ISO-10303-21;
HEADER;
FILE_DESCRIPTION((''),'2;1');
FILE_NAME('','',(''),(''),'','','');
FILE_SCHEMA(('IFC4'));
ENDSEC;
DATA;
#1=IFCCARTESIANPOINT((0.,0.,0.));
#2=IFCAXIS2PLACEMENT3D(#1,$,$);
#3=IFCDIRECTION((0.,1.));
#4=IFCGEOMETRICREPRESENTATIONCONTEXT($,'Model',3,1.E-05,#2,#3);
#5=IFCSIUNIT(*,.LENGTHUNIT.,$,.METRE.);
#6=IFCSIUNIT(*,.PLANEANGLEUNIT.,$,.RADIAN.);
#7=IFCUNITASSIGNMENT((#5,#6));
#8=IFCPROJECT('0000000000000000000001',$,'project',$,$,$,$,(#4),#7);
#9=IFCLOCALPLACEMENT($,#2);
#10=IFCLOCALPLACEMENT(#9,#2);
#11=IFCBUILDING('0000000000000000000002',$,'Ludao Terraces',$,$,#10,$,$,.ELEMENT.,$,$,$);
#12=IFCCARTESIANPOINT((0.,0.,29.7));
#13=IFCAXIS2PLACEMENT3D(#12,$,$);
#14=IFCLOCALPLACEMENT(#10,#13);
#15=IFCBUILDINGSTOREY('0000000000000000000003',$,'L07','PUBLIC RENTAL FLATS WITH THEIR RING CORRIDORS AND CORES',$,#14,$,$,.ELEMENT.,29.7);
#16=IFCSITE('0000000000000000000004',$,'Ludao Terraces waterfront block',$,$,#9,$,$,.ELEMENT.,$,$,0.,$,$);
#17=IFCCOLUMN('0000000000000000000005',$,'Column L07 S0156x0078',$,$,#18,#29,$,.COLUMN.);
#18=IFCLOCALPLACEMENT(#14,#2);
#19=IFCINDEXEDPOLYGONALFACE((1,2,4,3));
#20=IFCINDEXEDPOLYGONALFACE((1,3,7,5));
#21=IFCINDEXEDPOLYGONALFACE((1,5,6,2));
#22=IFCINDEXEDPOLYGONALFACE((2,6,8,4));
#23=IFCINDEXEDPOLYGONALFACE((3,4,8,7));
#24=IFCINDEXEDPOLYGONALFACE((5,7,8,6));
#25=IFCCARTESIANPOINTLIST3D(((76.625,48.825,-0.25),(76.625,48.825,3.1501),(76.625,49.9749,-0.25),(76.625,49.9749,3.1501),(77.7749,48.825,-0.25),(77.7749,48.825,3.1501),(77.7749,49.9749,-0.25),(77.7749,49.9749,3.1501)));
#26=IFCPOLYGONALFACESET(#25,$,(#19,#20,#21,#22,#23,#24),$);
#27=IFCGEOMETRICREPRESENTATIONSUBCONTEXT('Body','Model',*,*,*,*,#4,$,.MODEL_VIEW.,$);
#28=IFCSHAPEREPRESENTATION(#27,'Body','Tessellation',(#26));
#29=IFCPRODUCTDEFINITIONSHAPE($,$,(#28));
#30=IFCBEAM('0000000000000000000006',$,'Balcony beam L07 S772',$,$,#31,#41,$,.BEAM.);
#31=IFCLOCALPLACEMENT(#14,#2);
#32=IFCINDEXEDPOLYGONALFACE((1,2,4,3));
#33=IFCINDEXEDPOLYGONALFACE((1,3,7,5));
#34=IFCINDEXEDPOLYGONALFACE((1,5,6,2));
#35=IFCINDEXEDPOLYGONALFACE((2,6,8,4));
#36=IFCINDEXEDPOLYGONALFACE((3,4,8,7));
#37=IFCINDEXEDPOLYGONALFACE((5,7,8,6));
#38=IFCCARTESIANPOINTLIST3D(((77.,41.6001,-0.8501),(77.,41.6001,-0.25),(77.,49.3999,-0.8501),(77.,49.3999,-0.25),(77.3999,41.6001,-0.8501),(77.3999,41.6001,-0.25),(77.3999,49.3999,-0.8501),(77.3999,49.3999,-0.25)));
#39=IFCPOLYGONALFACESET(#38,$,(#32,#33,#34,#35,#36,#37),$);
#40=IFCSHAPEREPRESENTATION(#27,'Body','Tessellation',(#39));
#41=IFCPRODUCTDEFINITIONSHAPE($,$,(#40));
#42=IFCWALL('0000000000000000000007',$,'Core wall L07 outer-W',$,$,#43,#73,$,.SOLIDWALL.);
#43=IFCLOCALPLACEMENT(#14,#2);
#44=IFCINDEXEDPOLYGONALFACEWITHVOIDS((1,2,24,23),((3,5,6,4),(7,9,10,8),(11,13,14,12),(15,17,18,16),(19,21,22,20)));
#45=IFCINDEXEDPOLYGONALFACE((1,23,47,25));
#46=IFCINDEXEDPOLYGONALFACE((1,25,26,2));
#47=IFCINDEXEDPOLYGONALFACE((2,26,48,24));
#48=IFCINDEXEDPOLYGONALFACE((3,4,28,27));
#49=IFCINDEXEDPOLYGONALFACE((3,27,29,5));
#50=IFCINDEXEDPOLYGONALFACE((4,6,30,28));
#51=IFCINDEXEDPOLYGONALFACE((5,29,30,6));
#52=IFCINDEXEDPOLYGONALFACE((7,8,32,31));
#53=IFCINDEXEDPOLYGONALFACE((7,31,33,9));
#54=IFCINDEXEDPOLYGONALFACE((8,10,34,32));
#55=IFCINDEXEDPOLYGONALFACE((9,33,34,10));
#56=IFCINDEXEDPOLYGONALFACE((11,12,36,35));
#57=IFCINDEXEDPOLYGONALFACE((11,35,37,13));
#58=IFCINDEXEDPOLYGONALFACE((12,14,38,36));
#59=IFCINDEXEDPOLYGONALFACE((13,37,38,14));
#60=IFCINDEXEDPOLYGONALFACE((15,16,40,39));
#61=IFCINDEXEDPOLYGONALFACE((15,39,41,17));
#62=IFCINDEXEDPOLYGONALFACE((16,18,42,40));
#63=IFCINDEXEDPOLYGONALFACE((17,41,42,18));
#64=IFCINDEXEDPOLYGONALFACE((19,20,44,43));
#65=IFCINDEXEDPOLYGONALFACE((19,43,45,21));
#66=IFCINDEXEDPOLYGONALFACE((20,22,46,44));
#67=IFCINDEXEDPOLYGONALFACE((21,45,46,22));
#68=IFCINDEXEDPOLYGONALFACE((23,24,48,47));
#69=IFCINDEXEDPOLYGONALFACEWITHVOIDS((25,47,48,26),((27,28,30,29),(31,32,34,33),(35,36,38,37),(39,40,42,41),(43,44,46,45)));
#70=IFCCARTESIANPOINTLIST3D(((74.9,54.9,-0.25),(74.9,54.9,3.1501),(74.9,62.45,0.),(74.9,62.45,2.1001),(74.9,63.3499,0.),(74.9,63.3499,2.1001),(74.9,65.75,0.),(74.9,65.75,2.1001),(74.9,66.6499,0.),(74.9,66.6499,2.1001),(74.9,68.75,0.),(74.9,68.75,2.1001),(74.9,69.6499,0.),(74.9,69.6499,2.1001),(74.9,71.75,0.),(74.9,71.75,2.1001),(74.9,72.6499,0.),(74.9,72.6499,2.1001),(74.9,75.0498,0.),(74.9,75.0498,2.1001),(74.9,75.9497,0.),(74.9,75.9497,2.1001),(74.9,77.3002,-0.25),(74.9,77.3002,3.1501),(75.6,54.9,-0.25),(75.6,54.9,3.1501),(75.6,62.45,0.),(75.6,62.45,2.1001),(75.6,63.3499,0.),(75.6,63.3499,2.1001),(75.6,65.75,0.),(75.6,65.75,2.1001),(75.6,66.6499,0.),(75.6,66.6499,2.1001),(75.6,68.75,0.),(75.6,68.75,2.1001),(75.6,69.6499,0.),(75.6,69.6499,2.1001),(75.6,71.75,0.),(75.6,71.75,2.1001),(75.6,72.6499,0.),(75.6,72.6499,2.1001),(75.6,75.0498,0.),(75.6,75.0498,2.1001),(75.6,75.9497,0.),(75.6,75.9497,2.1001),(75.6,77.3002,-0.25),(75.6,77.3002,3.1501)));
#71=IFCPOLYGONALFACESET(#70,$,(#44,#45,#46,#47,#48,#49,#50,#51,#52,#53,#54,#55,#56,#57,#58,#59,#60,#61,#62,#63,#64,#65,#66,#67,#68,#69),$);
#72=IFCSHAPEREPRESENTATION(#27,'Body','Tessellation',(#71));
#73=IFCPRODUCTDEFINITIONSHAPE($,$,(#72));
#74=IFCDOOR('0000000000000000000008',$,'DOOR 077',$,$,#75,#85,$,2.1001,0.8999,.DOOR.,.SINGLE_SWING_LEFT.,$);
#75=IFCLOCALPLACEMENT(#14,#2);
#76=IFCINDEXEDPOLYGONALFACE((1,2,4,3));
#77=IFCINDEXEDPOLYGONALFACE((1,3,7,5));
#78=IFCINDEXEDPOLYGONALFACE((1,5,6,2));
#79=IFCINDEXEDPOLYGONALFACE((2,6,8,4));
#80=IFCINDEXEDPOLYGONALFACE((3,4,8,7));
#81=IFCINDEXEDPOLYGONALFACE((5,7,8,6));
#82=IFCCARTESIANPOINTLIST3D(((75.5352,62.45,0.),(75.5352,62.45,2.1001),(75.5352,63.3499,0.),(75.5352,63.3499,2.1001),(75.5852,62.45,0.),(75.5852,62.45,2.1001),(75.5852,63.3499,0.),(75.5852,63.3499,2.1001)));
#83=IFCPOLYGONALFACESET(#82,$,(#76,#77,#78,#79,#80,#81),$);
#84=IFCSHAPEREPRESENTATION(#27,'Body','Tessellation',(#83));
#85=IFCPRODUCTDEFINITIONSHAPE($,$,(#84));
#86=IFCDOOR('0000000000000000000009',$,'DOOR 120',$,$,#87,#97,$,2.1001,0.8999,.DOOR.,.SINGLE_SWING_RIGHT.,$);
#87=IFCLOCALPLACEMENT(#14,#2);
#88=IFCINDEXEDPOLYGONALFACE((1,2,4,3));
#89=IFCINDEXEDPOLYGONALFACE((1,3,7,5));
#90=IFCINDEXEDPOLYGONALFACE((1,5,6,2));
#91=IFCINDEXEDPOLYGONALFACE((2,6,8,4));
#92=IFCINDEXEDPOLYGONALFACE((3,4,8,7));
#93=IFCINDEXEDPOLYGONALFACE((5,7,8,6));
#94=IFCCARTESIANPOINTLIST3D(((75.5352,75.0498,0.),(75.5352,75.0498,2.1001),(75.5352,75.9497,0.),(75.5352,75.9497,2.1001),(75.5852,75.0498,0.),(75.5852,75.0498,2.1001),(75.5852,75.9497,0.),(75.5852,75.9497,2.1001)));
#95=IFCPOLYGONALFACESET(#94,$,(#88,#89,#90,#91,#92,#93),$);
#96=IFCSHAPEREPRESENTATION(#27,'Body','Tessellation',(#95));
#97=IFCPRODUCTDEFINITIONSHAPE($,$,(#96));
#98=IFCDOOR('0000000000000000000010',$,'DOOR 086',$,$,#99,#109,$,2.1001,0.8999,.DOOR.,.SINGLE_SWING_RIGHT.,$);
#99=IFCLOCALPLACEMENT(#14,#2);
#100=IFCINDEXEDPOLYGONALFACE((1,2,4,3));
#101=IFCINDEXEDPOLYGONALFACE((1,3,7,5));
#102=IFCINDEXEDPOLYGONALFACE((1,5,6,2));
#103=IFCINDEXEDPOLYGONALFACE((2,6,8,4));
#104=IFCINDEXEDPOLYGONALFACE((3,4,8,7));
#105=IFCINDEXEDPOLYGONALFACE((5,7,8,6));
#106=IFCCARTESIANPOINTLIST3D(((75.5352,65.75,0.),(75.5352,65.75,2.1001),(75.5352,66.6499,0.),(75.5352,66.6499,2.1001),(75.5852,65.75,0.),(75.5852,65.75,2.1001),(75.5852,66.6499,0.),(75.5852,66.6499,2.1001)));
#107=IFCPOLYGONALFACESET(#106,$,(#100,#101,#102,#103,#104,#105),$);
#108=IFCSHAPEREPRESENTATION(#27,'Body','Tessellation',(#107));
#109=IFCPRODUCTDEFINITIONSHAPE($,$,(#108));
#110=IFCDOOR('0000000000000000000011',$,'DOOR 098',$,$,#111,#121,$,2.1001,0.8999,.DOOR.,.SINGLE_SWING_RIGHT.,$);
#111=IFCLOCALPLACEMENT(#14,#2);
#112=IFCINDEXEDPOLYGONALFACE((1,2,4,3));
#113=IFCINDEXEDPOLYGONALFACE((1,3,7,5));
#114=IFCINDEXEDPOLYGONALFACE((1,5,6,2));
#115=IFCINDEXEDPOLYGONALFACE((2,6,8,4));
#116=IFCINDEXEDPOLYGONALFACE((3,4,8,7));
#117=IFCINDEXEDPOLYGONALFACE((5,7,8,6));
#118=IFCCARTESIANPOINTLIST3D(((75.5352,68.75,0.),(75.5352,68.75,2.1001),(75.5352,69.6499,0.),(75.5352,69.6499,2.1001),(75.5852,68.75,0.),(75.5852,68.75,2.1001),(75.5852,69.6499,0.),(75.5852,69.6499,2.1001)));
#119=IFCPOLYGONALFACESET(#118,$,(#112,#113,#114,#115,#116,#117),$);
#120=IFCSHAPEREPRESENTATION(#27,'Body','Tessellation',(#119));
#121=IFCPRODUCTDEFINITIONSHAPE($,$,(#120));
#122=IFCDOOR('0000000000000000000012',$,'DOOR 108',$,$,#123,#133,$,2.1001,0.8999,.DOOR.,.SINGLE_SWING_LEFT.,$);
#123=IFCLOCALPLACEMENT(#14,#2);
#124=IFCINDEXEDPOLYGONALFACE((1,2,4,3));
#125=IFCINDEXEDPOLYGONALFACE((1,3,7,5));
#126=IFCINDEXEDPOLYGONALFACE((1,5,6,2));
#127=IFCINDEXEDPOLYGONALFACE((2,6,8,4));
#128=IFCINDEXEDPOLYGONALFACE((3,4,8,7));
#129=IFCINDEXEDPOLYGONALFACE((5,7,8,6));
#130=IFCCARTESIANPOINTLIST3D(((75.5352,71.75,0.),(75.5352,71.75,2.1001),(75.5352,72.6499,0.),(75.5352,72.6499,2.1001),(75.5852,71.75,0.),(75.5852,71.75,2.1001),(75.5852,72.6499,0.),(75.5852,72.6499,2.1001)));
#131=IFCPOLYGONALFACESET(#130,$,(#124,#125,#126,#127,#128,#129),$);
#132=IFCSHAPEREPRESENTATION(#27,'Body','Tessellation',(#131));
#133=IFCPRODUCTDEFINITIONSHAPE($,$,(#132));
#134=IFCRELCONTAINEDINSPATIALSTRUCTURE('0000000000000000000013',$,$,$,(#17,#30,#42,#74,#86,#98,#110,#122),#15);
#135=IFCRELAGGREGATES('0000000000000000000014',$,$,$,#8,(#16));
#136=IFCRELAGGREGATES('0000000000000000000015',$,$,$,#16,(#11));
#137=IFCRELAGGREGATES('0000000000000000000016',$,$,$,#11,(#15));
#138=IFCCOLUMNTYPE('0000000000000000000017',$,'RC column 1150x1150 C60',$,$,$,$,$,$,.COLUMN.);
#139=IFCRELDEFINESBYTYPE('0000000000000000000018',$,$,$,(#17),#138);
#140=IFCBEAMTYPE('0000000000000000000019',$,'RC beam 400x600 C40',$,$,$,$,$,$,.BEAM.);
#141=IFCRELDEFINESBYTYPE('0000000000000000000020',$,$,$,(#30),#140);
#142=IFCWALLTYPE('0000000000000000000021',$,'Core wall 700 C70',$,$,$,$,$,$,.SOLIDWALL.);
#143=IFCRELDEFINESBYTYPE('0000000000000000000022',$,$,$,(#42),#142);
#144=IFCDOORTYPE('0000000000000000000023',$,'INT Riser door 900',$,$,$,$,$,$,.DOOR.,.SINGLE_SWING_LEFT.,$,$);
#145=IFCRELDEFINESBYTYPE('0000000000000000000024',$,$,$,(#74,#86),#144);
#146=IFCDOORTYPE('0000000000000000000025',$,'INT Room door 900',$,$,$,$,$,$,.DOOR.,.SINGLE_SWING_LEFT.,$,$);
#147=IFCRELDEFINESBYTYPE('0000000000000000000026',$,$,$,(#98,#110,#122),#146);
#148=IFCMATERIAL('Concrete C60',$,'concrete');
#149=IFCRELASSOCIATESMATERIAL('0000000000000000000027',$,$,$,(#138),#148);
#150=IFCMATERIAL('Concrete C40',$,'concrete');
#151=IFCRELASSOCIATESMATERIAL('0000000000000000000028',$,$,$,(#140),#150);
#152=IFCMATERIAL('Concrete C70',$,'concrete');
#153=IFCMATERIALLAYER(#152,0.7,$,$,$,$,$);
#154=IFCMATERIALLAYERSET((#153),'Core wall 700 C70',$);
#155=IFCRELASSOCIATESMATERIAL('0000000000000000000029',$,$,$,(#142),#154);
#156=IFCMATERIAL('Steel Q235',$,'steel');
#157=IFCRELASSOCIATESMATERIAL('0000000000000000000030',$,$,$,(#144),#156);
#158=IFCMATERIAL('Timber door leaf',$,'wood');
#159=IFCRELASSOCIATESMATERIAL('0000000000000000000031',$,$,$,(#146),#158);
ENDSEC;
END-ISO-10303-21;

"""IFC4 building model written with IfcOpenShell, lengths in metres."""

from ifc_helpers import new_model, si_unit, direction, frame, frame_2d, origin, origin_2d, place, context, subcontext, project, spatial, rectangle, extrude, material, layer, layer_set, material_profile, profile_set, type_object, element, fill, save


model = new_model("IFC4")

# Units and contexts
model_context = context("Model", 3, precision=1e-05, world=origin(), true_north=direction((0.0, 1.0)))
body_context = subcontext(model_context, "Body", "Model", "MODEL_VIEW")
ifc_project = project(units=[si_unit("LENGTHUNIT", "METRE"), si_unit("PLANEANGLEUNIT", "RADIAN")], contexts=[model_context])

# Site, building, storey
site_placement = place(None, origin())
site = spatial("IfcSite", under=ifc_project, at=site_placement, Name="Ludao Terraces waterfront block", CompositionType="ELEMENT", RefElevation=0.0)
building_placement = place(site_placement, origin())
building = spatial("IfcBuilding", under=site, at=building_placement, Name="Ludao Terraces", CompositionType="ELEMENT")
storey_placement = place(building_placement, frame((0.0, 0.0, 29.7)))
storey = spatial("IfcBuildingStorey", under=building, at=storey_placement, Name="L07", Description="PUBLIC RENTAL FLATS WITH THEIR RING CORRIDORS AND CORES", CompositionType="ELEMENT", Elevation=29.7)

# Column
ifc_material_1 = material(Name="Concrete C60", Category="concrete")
ifc_material_profile_1 = material_profile(ifc_material_1, rectangle(XDim=1.1499, YDim=1.1499, at=origin_2d()), Name="1150 X 1150")
ifc_profile_set_1 = profile_set([ifc_material_profile_1], Name="Concrete C60")
column_type = type_object("IfcColumnType", Name="RC column 1150x1150 C60", PredefinedType="COLUMN", material=ifc_profile_set_1)
column_placement = place(storey_placement, frame((77.2, 49.3999, -0.25), z_axis=(0.0, 0.0, 1.0), x_axis=(1.0, 0.0, 0.0)))
element("IfcColumn", 1, at=column_placement, inside=storey, type_object=column_type, Name="Column L07 S0156x0078", PredefinedType="COLUMN", context=body_context, shape_type="SweptSolid", body=[
    extrude(rectangle(XDim=1.1499, YDim=1.1499, at=origin_2d()), origin(), (0.0, 0.0, 1.0), 3.4001),
])

# Beam
ifc_material_2 = material(Name="Concrete C40", Category="concrete")
ifc_material_profile_2 = material_profile(ifc_material_2, rectangle(XDim=0.3999, YDim=0.6001, at=origin_2d()), Name="400 X 600")
ifc_profile_set_2 = profile_set([ifc_material_profile_2], Name="Concrete C40")
beam_type = type_object("IfcBeamType", Name="RC beam 400x600 C40", PredefinedType="BEAM", material=ifc_profile_set_2)
beam_placement = place(storey_placement, frame((77.2, 49.3999, -0.55), z_axis=(0.0, -1.0, 0.0), x_axis=(1.0, 0.0, 0.0)))
element("IfcBeam", 2, at=beam_placement, inside=storey, type_object=beam_type, Name="Balcony beam L07 S772", PredefinedType="BEAM", context=body_context, shape_type="SweptSolid", body=[
    extrude(rectangle(XDim=0.3999, YDim=0.6001, at=origin_2d()), origin(), (0.0, 0.0, 1.0), 7.7998),
])

# Wall, openings, doors
ifc_material_3 = material(Name="Concrete C70", Category="concrete")
ifc_layer_1 = layer(ifc_material_3, 0.7)
ifc_layer_set_1 = layer_set([ifc_layer_1], Name="Core wall 700 C70")
wall_type_1 = type_object("IfcWallType", Name="Core wall 700 C70", PredefinedType="SOLIDWALL", material=ifc_layer_set_1)
wall_1_placement = place(storey_placement, frame((75.25, 54.8999, -0.25), z_axis=(0.0, 0.0, 1.0), x_axis=(0.0, 1.0, 0.0)))
wall_1 = element("IfcWall", 3, at=wall_1_placement, inside=storey, type_object=wall_type_1, Name="Core wall L07 outer-W", PredefinedType="SOLIDWALL", context=body_context, shape_type="SweptSolid", body=[
    extrude(rectangle(XDim=22.4001, YDim=0.7, at=frame_2d((11.2002, 0.0))), origin(), (0.0, 0.0, 1.0), 3.4001),
])
opening_1_placement = place(wall_1_placement, frame((7.55, 0.0, 0.25)))
opening_1 = element("IfcOpeningElement", 4, at=opening_1_placement, cuts=wall_1, PredefinedType="OPENING", context=body_context, shape_type="SweptSolid", body=[
    extrude(rectangle(XDim=0.8999, YDim=2.1001, at=frame_2d((0.45, 1.05))), frame((0.0, 0.3599, 0.0), z_axis=(0.0, -1.0, 0.0), x_axis=(1.0, 0.0, 0.0)), (0.0, 0.0, 1.0), 0.72),
])
opening_2_placement = place(wall_1_placement, frame((10.8501, 0.0, 0.25)))
opening_2 = element("IfcOpeningElement", 5, at=opening_2_placement, cuts=wall_1, PredefinedType="OPENING", context=body_context, shape_type="SweptSolid", body=[
    extrude(rectangle(XDim=0.8999, YDim=2.1001, at=frame_2d((0.45, 1.05))), frame((0.0, 0.3599, 0.0), z_axis=(0.0, -1.0, 0.0), x_axis=(1.0, 0.0, 0.0)), (0.0, 0.0, 1.0), 0.72),
])
opening_3_placement = place(wall_1_placement, frame((13.8501, 0.0, 0.25)))
opening_3 = element("IfcOpeningElement", 6, at=opening_3_placement, cuts=wall_1, PredefinedType="OPENING", context=body_context, shape_type="SweptSolid", body=[
    extrude(rectangle(XDim=0.8999, YDim=2.1001, at=frame_2d((0.45, 1.05))), frame((0.0, 0.3599, 0.0), z_axis=(0.0, -1.0, 0.0), x_axis=(1.0, 0.0, 0.0)), (0.0, 0.0, 1.0), 0.72),
])
opening_4_placement = place(wall_1_placement, frame((16.8501, 0.0, 0.25)))
opening_4 = element("IfcOpeningElement", 7, at=opening_4_placement, cuts=wall_1, PredefinedType="OPENING", context=body_context, shape_type="SweptSolid", body=[
    extrude(rectangle(XDim=0.8999, YDim=2.1001, at=frame_2d((0.45, 1.05))), frame((0.0, 0.3599, 0.0), z_axis=(0.0, -1.0, 0.0), x_axis=(1.0, 0.0, 0.0)), (0.0, 0.0, 1.0), 0.72),
])
opening_5_placement = place(wall_1_placement, frame((20.1499, 0.0, 0.25)))
opening_5 = element("IfcOpeningElement", 8, at=opening_5_placement, cuts=wall_1, PredefinedType="OPENING", context=body_context, shape_type="SweptSolid", body=[
    extrude(rectangle(XDim=0.8999, YDim=2.1001, at=frame_2d((0.45, 1.05))), frame((0.0, 0.3599, 0.0), z_axis=(0.0, -1.0, 0.0), x_axis=(1.0, 0.0, 0.0)), (0.0, 0.0, 1.0), 0.72),
])
ifc_material_4 = material(Name="Steel Q235", Category="steel")
door_type_1 = type_object("IfcDoorType", Name="INT Riser door 900", OperationType="SINGLE_SWING_LEFT", PredefinedType="DOOR", material=ifc_material_4)
door_1_placement = place(opening_1_placement, origin())
door_1 = element("IfcDoor", 9, at=door_1_placement, inside=storey, type_object=door_type_1, Name="DOOR 077", OperationType="SINGLE_SWING_LEFT", OverallHeight=2.1001, OverallWidth=0.8999, PredefinedType="DOOR", context=body_context, shape_type="SweptSolid", body=[
    extrude(rectangle(XDim=0.8999, YDim=2.1001, at=frame_2d((0.45, 1.05))), frame((0.0, -0.2852, 0.0), z_axis=(0.0, -1.0, 0.0), x_axis=(1.0, 0.0, 0.0)), (0.0, 0.0, 1.0), 0.05),
])
fill(opening_1, door_1)
door_2_placement = place(opening_5_placement, origin())
door_2 = element("IfcDoor", 10, at=door_2_placement, inside=storey, type_object=door_type_1, Name="DOOR 120", OperationType="SINGLE_SWING_RIGHT", OverallHeight=2.1001, OverallWidth=0.8999, PredefinedType="DOOR", context=body_context, shape_type="SweptSolid", body=[
    extrude(rectangle(XDim=0.8999, YDim=2.1001, at=frame_2d((0.45, 1.05))), frame((0.0, -0.2852, 0.0), z_axis=(0.0, -1.0, 0.0), x_axis=(1.0, 0.0, 0.0)), (0.0, 0.0, 1.0), 0.05),
])
fill(opening_5, door_2)
ifc_material_5 = material(Name="Timber door leaf", Category="wood")
door_type_2 = type_object("IfcDoorType", Name="INT Room door 900", OperationType="SINGLE_SWING_LEFT", PredefinedType="DOOR", material=ifc_material_5)
door_3_placement = place(opening_2_placement, origin())
door_3 = element("IfcDoor", 11, at=door_3_placement, inside=storey, type_object=door_type_2, Name="DOOR 086", OperationType="SINGLE_SWING_RIGHT", OverallHeight=2.1001, OverallWidth=0.8999, PredefinedType="DOOR", context=body_context, shape_type="SweptSolid", body=[
    extrude(rectangle(XDim=0.8999, YDim=2.1001, at=frame_2d((0.45, 1.05))), frame((0.0, -0.2852, 0.0), z_axis=(0.0, -1.0, 0.0), x_axis=(1.0, 0.0, 0.0)), (0.0, 0.0, 1.0), 0.05),
])
fill(opening_2, door_3)
door_4_placement = place(opening_3_placement, origin())
door_4 = element("IfcDoor", 12, at=door_4_placement, inside=storey, type_object=door_type_2, Name="DOOR 098", OperationType="SINGLE_SWING_RIGHT", OverallHeight=2.1001, OverallWidth=0.8999, PredefinedType="DOOR", context=body_context, shape_type="SweptSolid", body=[
    extrude(rectangle(XDim=0.8999, YDim=2.1001, at=frame_2d((0.45, 1.05))), frame((0.0, -0.2852, 0.0), z_axis=(0.0, -1.0, 0.0), x_axis=(1.0, 0.0, 0.0)), (0.0, 0.0, 1.0), 0.05),
])
fill(opening_3, door_4)
door_5_placement = place(opening_4_placement, origin())
door_5 = element("IfcDoor", 13, at=door_5_placement, inside=storey, type_object=door_type_2, Name="DOOR 108", OperationType="SINGLE_SWING_LEFT", OverallHeight=2.1001, OverallWidth=0.8999, PredefinedType="DOOR", context=body_context, shape_type="SweptSolid", body=[
    extrude(rectangle(XDim=0.8999, YDim=2.1001, at=frame_2d((0.45, 1.05))), frame((0.0, -0.2852, 0.0), z_axis=(0.0, -1.0, 0.0), x_axis=(1.0, 0.0, 0.0)), (0.0, 0.0, 1.0), 0.05),
])
fill(opening_4, door_5)

save(model, "model.ifc")
